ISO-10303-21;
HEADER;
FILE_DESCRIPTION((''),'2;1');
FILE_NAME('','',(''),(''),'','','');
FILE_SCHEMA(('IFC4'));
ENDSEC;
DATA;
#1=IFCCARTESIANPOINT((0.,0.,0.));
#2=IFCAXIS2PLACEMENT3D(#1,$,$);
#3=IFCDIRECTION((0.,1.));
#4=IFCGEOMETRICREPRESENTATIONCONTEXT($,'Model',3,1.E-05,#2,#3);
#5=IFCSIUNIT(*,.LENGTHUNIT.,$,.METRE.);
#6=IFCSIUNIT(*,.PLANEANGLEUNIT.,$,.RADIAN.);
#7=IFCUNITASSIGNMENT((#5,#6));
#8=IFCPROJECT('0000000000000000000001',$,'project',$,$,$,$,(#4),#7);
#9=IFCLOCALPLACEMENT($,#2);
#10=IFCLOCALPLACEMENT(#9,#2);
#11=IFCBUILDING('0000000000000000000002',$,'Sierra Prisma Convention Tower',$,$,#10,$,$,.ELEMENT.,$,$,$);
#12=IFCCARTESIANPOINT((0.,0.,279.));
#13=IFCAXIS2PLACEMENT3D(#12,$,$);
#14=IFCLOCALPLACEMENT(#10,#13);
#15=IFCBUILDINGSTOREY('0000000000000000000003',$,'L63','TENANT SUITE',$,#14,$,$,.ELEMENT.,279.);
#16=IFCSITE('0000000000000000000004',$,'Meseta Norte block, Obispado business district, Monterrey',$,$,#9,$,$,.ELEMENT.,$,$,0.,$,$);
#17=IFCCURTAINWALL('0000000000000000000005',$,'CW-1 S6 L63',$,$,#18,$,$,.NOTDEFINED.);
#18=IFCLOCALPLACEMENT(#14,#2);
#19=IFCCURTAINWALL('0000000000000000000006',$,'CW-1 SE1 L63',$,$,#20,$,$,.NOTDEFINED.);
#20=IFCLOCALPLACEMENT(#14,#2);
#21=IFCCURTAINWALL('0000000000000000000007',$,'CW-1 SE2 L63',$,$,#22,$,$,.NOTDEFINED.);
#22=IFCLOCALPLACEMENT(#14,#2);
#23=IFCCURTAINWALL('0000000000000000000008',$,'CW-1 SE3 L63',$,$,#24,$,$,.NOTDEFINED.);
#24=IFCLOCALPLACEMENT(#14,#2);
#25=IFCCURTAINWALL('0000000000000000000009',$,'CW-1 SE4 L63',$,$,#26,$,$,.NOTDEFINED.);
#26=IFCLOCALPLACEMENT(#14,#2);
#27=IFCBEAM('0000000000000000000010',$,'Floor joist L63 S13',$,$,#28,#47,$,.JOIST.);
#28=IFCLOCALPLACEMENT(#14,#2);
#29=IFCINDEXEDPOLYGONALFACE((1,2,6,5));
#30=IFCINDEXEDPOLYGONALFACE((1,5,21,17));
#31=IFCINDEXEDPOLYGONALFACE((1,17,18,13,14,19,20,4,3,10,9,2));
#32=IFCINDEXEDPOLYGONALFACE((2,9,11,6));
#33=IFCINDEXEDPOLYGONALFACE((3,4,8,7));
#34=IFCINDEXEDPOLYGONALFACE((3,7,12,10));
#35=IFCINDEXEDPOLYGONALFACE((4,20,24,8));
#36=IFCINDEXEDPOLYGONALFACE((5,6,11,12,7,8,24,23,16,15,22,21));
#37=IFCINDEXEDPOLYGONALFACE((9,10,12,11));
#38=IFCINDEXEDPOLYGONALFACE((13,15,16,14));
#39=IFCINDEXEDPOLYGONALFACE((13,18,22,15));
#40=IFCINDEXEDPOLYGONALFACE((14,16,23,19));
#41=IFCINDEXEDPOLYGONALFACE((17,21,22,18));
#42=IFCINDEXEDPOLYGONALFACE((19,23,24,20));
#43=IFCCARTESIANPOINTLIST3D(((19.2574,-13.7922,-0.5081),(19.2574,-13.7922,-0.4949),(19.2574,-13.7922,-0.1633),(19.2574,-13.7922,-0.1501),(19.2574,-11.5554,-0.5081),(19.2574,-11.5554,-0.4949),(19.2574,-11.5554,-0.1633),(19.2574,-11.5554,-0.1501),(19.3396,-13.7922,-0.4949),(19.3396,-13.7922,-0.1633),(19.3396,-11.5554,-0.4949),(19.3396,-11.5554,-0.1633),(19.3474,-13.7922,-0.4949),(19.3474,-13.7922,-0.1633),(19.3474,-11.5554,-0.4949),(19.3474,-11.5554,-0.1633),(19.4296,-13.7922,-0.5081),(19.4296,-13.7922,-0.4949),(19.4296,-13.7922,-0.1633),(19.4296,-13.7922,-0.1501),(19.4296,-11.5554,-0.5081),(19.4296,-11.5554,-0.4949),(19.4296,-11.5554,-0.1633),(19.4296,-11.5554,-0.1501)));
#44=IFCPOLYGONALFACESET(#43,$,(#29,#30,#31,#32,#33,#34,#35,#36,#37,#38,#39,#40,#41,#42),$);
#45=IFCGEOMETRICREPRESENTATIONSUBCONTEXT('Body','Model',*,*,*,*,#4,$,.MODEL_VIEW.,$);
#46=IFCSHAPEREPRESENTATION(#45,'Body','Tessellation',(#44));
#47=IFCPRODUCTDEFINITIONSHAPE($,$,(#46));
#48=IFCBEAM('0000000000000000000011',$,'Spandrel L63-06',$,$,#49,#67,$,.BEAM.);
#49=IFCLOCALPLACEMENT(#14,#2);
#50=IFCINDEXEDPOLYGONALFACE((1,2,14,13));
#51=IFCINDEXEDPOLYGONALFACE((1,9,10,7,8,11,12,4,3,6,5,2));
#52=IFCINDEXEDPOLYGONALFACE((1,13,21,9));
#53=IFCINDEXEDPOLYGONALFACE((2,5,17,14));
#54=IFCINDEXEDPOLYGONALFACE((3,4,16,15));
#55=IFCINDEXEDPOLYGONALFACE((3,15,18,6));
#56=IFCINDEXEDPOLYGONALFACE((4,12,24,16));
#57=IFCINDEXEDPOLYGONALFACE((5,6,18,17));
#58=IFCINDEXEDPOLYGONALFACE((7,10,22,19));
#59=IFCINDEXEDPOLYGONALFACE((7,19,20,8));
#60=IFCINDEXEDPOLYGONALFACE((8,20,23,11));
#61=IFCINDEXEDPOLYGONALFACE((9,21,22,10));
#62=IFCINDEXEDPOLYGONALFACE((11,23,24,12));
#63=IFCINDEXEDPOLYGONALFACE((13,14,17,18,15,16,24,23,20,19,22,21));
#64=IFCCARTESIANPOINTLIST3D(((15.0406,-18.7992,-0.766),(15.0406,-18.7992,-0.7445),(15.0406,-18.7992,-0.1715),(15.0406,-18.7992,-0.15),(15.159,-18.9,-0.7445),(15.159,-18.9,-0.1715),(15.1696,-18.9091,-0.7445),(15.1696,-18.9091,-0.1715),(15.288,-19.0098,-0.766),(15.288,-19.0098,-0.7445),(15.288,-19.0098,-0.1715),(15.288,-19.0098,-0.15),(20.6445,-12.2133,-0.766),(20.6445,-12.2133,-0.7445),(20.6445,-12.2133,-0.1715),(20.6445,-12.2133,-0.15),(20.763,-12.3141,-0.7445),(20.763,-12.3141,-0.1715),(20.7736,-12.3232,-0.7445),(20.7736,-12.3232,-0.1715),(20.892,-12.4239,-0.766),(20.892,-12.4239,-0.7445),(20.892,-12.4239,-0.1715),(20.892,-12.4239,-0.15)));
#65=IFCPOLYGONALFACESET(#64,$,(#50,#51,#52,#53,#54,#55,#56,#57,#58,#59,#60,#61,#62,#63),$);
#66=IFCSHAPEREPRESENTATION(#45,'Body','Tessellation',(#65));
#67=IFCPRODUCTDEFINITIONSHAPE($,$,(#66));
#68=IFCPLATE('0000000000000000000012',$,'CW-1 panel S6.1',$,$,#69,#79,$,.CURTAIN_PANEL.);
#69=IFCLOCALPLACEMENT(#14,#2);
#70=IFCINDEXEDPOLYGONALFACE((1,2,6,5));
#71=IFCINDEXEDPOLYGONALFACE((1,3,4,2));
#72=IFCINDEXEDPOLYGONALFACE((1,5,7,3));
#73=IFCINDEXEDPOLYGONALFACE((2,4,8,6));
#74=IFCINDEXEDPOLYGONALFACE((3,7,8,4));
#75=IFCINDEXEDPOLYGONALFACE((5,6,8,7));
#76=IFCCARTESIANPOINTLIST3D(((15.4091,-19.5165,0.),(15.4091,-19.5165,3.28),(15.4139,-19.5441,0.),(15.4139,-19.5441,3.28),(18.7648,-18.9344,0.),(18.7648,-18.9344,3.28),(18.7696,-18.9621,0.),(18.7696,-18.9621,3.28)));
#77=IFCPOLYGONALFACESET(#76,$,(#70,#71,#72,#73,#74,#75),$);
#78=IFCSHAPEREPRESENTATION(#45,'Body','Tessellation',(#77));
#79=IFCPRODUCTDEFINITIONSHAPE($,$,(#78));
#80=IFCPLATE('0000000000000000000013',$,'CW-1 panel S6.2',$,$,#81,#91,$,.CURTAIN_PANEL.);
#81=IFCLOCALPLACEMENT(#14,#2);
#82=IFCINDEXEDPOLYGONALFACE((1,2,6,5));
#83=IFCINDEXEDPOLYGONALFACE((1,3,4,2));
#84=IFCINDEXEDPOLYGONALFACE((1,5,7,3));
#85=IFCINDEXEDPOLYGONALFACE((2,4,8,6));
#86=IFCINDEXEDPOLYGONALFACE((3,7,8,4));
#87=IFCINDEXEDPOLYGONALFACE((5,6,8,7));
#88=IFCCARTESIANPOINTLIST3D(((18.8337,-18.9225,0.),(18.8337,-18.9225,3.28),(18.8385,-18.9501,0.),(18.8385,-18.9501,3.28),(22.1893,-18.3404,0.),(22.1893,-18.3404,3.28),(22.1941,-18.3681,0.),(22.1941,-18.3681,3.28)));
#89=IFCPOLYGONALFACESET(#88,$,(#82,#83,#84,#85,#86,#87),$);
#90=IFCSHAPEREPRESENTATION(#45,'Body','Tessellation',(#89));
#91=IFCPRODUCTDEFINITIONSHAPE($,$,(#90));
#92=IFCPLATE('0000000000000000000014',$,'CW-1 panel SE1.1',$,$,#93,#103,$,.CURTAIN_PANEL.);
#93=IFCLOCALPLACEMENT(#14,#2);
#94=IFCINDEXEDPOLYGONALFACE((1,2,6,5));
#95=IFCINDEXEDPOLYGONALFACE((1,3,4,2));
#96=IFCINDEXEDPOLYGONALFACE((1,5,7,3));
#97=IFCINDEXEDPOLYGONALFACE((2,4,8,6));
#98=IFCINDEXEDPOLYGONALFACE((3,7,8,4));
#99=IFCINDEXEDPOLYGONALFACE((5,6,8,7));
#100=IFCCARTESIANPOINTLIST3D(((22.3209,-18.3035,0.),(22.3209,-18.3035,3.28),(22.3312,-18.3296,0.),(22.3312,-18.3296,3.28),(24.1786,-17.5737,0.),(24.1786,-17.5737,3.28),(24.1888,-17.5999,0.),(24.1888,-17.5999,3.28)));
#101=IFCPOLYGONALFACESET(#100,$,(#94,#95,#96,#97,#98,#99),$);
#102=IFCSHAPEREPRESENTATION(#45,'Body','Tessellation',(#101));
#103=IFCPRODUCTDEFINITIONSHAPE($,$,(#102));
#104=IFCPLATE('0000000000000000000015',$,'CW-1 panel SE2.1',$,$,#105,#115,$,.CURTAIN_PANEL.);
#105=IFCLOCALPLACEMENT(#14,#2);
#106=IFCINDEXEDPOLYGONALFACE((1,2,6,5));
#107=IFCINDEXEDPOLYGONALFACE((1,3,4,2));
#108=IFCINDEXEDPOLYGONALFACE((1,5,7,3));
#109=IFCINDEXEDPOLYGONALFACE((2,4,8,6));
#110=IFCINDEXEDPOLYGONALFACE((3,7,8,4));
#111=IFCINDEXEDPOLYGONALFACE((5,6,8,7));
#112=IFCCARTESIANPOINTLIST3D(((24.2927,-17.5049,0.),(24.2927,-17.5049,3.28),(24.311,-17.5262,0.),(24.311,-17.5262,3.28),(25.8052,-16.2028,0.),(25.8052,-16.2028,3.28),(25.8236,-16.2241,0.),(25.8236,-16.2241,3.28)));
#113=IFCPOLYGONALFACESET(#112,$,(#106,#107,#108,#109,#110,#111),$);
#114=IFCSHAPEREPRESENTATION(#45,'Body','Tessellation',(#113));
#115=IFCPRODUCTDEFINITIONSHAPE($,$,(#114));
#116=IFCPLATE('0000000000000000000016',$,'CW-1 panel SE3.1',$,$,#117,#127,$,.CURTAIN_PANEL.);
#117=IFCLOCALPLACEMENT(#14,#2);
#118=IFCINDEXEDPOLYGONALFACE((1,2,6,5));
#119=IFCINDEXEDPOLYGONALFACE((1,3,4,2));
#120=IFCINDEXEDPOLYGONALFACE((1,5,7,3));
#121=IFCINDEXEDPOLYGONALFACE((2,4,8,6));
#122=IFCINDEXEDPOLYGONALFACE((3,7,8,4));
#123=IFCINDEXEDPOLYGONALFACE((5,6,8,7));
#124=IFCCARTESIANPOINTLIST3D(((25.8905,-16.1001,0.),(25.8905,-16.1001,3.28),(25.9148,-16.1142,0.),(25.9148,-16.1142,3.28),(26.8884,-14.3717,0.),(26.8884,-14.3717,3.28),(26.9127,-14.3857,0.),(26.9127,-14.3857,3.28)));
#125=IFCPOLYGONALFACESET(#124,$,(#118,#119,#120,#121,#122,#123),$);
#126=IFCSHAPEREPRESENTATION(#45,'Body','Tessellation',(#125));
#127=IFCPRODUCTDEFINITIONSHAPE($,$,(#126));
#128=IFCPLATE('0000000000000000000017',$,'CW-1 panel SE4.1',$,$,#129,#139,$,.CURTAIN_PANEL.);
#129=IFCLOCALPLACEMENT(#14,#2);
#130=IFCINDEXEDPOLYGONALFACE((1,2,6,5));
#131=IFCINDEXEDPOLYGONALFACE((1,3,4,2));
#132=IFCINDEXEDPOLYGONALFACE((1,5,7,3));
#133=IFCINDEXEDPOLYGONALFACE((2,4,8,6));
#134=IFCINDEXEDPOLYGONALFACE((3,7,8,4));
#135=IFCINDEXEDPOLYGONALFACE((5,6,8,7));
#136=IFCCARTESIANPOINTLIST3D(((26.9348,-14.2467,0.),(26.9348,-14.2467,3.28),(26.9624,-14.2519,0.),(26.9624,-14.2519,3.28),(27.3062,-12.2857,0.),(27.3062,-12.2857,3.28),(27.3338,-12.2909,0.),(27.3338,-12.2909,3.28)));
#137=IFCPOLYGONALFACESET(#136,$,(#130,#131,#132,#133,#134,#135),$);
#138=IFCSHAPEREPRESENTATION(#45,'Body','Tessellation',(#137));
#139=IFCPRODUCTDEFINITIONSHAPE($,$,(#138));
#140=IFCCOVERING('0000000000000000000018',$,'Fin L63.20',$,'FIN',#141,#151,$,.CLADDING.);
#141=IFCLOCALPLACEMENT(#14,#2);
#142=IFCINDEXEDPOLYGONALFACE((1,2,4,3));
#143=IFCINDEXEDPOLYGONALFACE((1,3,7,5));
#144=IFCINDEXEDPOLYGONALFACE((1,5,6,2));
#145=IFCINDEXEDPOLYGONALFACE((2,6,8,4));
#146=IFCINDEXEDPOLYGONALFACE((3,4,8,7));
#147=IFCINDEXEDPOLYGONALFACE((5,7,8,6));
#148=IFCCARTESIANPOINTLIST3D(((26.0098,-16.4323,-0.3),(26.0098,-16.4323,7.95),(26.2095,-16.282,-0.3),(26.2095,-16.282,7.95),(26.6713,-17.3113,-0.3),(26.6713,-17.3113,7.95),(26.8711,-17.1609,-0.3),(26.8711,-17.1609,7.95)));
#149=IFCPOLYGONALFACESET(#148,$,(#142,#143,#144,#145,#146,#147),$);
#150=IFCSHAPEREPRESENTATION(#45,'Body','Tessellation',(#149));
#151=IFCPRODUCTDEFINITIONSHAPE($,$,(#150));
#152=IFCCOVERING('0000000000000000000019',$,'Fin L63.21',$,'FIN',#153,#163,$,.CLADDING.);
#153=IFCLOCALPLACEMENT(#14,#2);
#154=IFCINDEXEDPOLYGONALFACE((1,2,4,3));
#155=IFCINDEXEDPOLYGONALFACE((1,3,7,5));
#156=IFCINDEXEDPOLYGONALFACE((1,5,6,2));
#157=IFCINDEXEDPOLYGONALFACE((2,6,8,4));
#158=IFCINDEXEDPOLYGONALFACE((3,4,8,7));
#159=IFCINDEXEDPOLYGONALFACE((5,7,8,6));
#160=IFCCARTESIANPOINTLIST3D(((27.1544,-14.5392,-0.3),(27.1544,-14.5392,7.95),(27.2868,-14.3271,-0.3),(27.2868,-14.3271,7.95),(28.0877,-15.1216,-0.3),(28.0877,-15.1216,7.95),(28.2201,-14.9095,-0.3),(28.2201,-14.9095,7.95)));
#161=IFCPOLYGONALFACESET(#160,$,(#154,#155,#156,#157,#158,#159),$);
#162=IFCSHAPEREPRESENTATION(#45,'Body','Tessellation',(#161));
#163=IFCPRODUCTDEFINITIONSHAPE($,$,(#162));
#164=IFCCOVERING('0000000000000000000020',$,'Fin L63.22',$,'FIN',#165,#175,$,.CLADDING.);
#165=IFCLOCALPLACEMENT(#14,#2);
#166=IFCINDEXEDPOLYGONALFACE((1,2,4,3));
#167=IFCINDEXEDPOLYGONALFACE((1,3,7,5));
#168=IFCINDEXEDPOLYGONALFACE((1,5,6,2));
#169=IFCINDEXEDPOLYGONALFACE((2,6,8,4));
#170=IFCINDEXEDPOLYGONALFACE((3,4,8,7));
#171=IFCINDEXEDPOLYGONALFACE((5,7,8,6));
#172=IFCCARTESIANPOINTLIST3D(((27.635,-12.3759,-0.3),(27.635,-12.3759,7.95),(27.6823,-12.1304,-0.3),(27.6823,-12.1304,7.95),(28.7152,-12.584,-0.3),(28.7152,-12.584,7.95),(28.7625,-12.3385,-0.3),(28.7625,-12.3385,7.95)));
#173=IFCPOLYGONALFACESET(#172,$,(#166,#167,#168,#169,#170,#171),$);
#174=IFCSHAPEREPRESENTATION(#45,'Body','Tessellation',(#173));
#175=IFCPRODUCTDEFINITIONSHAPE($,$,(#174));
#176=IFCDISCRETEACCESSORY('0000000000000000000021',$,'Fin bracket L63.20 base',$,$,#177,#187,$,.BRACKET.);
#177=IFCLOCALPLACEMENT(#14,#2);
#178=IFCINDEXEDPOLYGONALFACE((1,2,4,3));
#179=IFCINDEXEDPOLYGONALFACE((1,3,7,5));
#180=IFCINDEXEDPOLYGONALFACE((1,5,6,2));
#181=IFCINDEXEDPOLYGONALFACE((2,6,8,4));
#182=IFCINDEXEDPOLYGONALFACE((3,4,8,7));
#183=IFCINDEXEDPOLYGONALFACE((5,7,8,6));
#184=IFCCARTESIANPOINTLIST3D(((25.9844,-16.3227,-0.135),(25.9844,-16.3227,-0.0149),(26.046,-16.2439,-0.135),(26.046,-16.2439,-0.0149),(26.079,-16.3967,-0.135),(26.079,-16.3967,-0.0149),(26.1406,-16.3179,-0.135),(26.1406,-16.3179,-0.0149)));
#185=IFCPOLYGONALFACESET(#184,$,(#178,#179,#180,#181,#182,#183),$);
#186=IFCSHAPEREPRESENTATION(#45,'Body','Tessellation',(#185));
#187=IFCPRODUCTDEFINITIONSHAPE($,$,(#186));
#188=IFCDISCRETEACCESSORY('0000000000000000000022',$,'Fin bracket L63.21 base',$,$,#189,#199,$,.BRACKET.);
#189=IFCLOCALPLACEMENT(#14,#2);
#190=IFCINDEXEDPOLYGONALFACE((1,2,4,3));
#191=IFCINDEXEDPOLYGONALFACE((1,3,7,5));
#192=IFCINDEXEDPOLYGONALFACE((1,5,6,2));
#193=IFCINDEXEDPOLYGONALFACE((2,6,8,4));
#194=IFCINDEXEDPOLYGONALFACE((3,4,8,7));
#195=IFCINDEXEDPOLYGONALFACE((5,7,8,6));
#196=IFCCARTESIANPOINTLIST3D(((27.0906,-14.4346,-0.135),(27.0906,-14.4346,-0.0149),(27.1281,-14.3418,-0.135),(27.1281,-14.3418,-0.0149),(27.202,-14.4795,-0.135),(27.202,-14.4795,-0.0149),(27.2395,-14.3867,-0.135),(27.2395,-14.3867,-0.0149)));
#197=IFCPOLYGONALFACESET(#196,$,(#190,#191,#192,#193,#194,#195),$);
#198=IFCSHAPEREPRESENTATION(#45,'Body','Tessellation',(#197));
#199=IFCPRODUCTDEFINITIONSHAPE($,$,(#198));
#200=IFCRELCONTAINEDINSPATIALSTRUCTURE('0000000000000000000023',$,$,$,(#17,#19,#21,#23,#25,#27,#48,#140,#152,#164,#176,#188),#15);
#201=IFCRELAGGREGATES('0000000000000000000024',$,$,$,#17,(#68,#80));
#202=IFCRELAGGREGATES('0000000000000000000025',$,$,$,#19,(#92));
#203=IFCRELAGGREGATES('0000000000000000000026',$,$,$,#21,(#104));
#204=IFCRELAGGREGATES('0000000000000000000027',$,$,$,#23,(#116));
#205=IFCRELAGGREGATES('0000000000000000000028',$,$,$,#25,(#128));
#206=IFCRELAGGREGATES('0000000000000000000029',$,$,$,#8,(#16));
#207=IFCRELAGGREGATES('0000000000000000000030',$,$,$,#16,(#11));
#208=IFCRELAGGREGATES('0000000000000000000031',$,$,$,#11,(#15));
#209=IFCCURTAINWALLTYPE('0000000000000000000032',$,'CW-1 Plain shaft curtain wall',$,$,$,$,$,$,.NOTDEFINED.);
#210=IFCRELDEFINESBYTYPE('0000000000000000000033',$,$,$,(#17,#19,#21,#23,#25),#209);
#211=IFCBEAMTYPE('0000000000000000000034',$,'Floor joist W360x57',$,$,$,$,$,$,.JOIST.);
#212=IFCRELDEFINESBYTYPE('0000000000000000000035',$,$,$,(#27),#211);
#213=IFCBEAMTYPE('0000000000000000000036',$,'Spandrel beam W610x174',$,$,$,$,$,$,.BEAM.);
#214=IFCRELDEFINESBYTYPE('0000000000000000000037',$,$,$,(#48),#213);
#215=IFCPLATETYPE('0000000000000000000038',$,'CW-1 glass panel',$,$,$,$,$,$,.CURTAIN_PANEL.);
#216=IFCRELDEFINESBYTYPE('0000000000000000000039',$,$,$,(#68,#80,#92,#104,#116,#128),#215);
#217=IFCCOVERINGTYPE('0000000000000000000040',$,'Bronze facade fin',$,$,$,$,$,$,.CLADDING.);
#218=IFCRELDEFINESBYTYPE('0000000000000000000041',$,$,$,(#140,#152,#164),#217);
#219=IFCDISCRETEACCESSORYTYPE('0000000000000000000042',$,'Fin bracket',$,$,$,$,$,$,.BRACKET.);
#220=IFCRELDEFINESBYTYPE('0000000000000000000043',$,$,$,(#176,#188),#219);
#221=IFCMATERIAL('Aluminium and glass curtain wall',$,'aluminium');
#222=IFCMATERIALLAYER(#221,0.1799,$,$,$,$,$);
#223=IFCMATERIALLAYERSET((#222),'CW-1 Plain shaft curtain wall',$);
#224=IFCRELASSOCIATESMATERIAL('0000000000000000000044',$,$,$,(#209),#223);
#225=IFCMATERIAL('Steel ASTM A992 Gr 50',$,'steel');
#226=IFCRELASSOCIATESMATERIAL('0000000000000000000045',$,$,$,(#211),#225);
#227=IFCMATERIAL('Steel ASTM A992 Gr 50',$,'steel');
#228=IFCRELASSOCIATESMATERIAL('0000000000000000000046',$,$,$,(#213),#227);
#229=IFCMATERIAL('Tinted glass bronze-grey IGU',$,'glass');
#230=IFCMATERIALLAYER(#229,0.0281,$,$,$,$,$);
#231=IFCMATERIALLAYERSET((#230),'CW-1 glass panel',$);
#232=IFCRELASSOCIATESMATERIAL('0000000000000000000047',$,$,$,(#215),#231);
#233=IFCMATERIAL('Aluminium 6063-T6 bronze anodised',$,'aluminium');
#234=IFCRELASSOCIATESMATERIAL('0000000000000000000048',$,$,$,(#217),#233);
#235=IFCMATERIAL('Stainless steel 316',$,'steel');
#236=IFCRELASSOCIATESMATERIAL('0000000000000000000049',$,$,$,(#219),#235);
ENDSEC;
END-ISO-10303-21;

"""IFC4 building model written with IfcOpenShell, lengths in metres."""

from ifc_helpers import new_model, si_unit, direction, frame, origin, origin_2d, place, context, subcontext, project, spatial, rectangle, i_section, extrude, material, layer, layer_set, material_profile, profile_set, type_object, element, aggregate, save


model = new_model("IFC4")

# Units and contexts
model_context = context("Model", 3, precision=1e-05, world=origin(), true_north=direction((0.0, 1.0)))
body_context = subcontext(model_context, "Body", "Model", "MODEL_VIEW")
ifc_project = project(units=[si_unit("LENGTHUNIT", "METRE"), si_unit("PLANEANGLEUNIT", "RADIAN")], contexts=[model_context])

# Site, building, storey
site_placement = place(None, origin())
site = spatial("IfcSite", under=ifc_project, at=site_placement, Name="Meseta Norte block, Obispado business district, Monterrey", CompositionType="ELEMENT", RefElevation=0.0)
building_placement = place(site_placement, origin())
building = spatial("IfcBuilding", under=site, at=building_placement, Name="Sierra Prisma Convention Tower", CompositionType="ELEMENT")
storey_placement = place(building_placement, frame((0.0, 0.0, 279.0)))
storey = spatial("IfcBuildingStorey", under=building, at=storey_placement, Name="L63", Description="TENANT SUITE", CompositionType="ELEMENT", Elevation=279.0)

# Curtain walls
ifc_material_1 = material(Name="Aluminium and glass curtain wall", Category="aluminium")
ifc_layer_1 = layer(ifc_material_1, 0.1799)
ifc_layer_set_1 = layer_set([ifc_layer_1], Name="CW-1 Plain shaft curtain wall")
curtain_wall_type = type_object("IfcCurtainWallType", Name="CW-1 Plain shaft curtain wall", PredefinedType="NOTDEFINED", material=ifc_layer_set_1)
curtain_wall_1_placement = place(storey_placement, origin())
curtain_wall_1 = element("IfcCurtainWall", 1, at=curtain_wall_1_placement, inside=storey, type_object=curtain_wall_type, Name="CW-1 S6 L63", PredefinedType="NOTDEFINED")
curtain_wall_2_placement = place(storey_placement, origin())
curtain_wall_2 = element("IfcCurtainWall", 2, at=curtain_wall_2_placement, inside=storey, type_object=curtain_wall_type, Name="CW-1 SE1 L63", PredefinedType="NOTDEFINED")
curtain_wall_3_placement = place(storey_placement, origin())
curtain_wall_3 = element("IfcCurtainWall", 3, at=curtain_wall_3_placement, inside=storey, type_object=curtain_wall_type, Name="CW-1 SE2 L63", PredefinedType="NOTDEFINED")
curtain_wall_4_placement = place(storey_placement, origin())
curtain_wall_4 = element("IfcCurtainWall", 4, at=curtain_wall_4_placement, inside=storey, type_object=curtain_wall_type, Name="CW-1 SE3 L63", PredefinedType="NOTDEFINED")
curtain_wall_5_placement = place(storey_placement, origin())
curtain_wall_5 = element("IfcCurtainWall", 5, at=curtain_wall_5_placement, inside=storey, type_object=curtain_wall_type, Name="CW-1 SE4 L63", PredefinedType="NOTDEFINED")

# Beams
ifc_material_2 = material(Name="Steel ASTM A992 Gr 50", Category="steel")
ifc_material_profile_1 = material_profile(ifc_material_2, i_section(OverallWidth=0.1721, OverallDepth=0.3579, WebThickness=0.0078, FlangeThickness=0.0132, at=origin_2d()), Name="W360x57")
ifc_profile_set_1 = profile_set([ifc_material_profile_1], Name="Steel ASTM A992 Gr 50")
beam_type_1 = type_object("IfcBeamType", Name="Floor joist W360x57", PredefinedType="JOIST", material=ifc_profile_set_1)
beam_1_placement = place(storey_placement, frame((19.3435, -13.7922, -0.3291), z_axis=(0.0, 1.0, 0.0), x_axis=(-1.0, 0.0, 0.0)))
element("IfcBeam", 6, at=beam_1_placement, inside=storey, type_object=beam_type_1, Name="Floor joist L63 S13", PredefinedType="JOIST", context=body_context, shape_type="SweptSolid", body=[
    extrude(i_section(OverallWidth=0.1721, OverallDepth=0.3579, WebThickness=0.0078, FlangeThickness=0.0132, at=origin_2d()), origin(), (0.0, 0.0, 1.0), 2.2368),
])
ifc_material_3 = material(Name="Steel ASTM A992 Gr 50", Category="steel")
ifc_material_profile_2 = material_profile(ifc_material_3, i_section(OverallWidth=0.325, OverallDepth=0.616, WebThickness=0.0139, FlangeThickness=0.0215, at=origin_2d()), Name="W610x174")
ifc_profile_set_2 = profile_set([ifc_material_profile_2], Name="Steel ASTM A992 Gr 50")
beam_type_2 = type_object("IfcBeamType", Name="Spandrel beam W610x174", PredefinedType="BEAM", material=ifc_profile_set_2)
beam_2_placement = place(storey_placement, frame((15.1643, -18.9045, -0.458), z_axis=(0.648048, 0.761599, 0.0), x_axis=(-0.761599, 0.648048, 0.0)))
element("IfcBeam", 7, at=beam_2_placement, inside=storey, type_object=beam_type_2, Name="Spandrel L63-06", PredefinedType="BEAM", context=body_context, shape_type="SweptSolid", body=[
    extrude(i_section(OverallWidth=0.325, OverallDepth=0.616, WebThickness=0.0139, FlangeThickness=0.0215, at=origin_2d()), origin(), (0.0, 0.0, 1.0), 8.6475),
])

# Plates
ifc_material_4 = material(Name="Tinted glass bronze-grey IGU", Category="glass")
ifc_layer_2 = layer(ifc_material_4, 0.0281)
ifc_layer_set_2 = layer_set([ifc_layer_2], Name="CW-1 glass panel")
plate_type = type_object("IfcPlateType", Name="CW-1 glass panel", PredefinedType="CURTAIN_PANEL", material=ifc_layer_set_2)
plate_1_placement = place(storey_placement, frame((17.0894, -19.2393, 0.0), z_axis=(0.0, 0.0, 1.0), x_axis=(0.985288, 0.170902, 0.0)))
plate_1 = element("IfcPlate", 8, at=plate_1_placement, type_object=plate_type, Name="CW-1 panel S6.1", PredefinedType="CURTAIN_PANEL", context=body_context, shape_type="SweptSolid", body=[
    extrude(rectangle(XDim=3.4058, YDim=0.0281, at=origin_2d()), origin(), (0.0, 0.0, 1.0), 3.28),
])
plate_2_placement = place(storey_placement, frame((20.5139, -18.6453, 0.0), z_axis=(0.0, 0.0, 1.0), x_axis=(0.985288, 0.170902, 0.0)))
plate_2 = element("IfcPlate", 9, at=plate_2_placement, type_object=plate_type, Name="CW-1 panel S6.2", PredefinedType="CURTAIN_PANEL", context=body_context, shape_type="SweptSolid", body=[
    extrude(rectangle(XDim=3.4058, YDim=0.0281, at=origin_2d()), origin(), (0.0, 0.0, 1.0), 3.28),
])
aggregate(curtain_wall_1, [plate_1, plate_2])
plate_3_placement = place(storey_placement, frame((23.2549, -17.9517, 0.0), z_axis=(0.0, 0.0, 1.0), x_axis=(0.930759, 0.365634, 0.0)))
plate_3 = element("IfcPlate", 10, at=plate_3_placement, type_object=plate_type, Name="CW-1 panel SE1.1", PredefinedType="CURTAIN_PANEL", context=body_context, shape_type="SweptSolid", body=[
    extrude(rectangle(XDim=1.9958, YDim=0.0281, at=origin_2d()), origin(), (0.0, 0.0, 1.0), 3.28),
])
aggregate(curtain_wall_2, [plate_3])
plate_4_placement = place(storey_placement, frame((25.0581, -16.8645, 0.0), z_axis=(0.0, 0.0, 1.0), x_axis=(0.757869, 0.652407, 0.0)))
plate_4 = element("IfcPlate", 11, at=plate_4_placement, type_object=plate_type, Name="CW-1 panel SE2.1", PredefinedType="CURTAIN_PANEL", context=body_context, shape_type="SweptSolid", body=[
    extrude(rectangle(XDim=1.9958, YDim=0.0281, at=origin_2d()), origin(), (0.0, 0.0, 1.0), 3.28),
])
aggregate(curtain_wall_3, [plate_4])
plate_5_placement = place(storey_placement, frame((26.4016, -15.2429, 0.0), z_axis=(0.0, 0.0, 1.0), x_axis=(0.5, 0.866025, 0.0)))
plate_5 = element("IfcPlate", 12, at=plate_5_placement, type_object=plate_type, Name="CW-1 panel SE3.1", PredefinedType="CURTAIN_PANEL", context=body_context, shape_type="SweptSolid", body=[
    extrude(rectangle(XDim=1.9958, YDim=0.0281, at=origin_2d()), origin(), (0.0, 0.0, 1.0), 3.28),
])
aggregate(curtain_wall_4, [plate_5])
plate_6_placement = place(storey_placement, frame((27.1343, -13.2688, 0.0), z_axis=(0.0, 0.0, 1.0), x_axis=(0.186066, 0.982537, 0.0)))
plate_6 = element("IfcPlate", 13, at=plate_6_placement, type_object=plate_type, Name="CW-1 panel SE4.1", PredefinedType="CURTAIN_PANEL", context=body_context, shape_type="SweptSolid", body=[
    extrude(rectangle(XDim=1.9958, YDim=0.0281, at=origin_2d()), origin(), (0.0, 0.0, 1.0), 3.28),
])
aggregate(curtain_wall_5, [plate_6])

# Coverings
ifc_material_5 = material(Name="Aluminium 6063-T6 bronze anodised", Category="aluminium")
ifc_material_profile_3 = material_profile(ifc_material_5, rectangle(XDim=1.1001, YDim=0.25, at=origin_2d()), Name="ALU FIN 1100x250")
ifc_profile_set_3 = profile_set([ifc_material_profile_3], Name="Aluminium 6063-T6 bronze anodised")
covering_type = type_object("IfcCoveringType", Name="Bronze facade fin", PredefinedType="CLADDING", material=ifc_profile_set_3)
for number, where, z_axis, x_axis, name in (
    (14, (26.4404, -16.7966, -0.3), (0.0, 0.0, 1.0), (0.60137, -0.798971, 0.0), "Fin L63.20"),
    (15, (27.6873, -14.7244, -0.3), (0.0, 0.0, 1.0), (0.848343, -0.529446, 0.0), "Fin L63.21"),
    (16, (28.1987, -12.3572, -0.3), (0.0, 0.0, 1.0), (0.981945, -0.189166, 0.0), "Fin L63.22"),
):
    element("IfcCovering", number, at=place(storey_placement, frame(where, z_axis=z_axis, x_axis=x_axis)), inside=storey, type_object=covering_type, Name=name, ObjectType="FIN", PredefinedType="CLADDING", context=body_context, shape_type="SweptSolid", body=[
        extrude(rectangle(XDim=1.1001, YDim=0.25, at=origin_2d()), origin(), (0.0, 0.0, 1.0), 8.25),
    ])

# Discrete accessories
ifc_material_6 = material(Name="Stainless steel 316", Category="steel")
discrete_accessory_type = type_object("IfcDiscreteAccessoryType", Name="Fin bracket", PredefinedType="BRACKET", material=ifc_material_6)
for number, where, z_axis, x_axis, name in (
    (17, (26.0625, -16.3203, -0.135), (0.0, 0.0, 1.0), (0.787667, -0.616101, 0.0), "Fin bracket L63.20 base"),
    (18, (27.165, -14.4106, -0.135), (0.0, 0.0, 1.0), (0.927393, -0.374089, 0.0), "Fin bracket L63.21 base"),
):
    element("IfcDiscreteAccessory", number, at=place(storey_placement, frame(where, z_axis=z_axis, x_axis=x_axis)), inside=storey, type_object=discrete_accessory_type, Name=name, PredefinedType="BRACKET", context=body_context, shape_type="SweptSolid", body=[
        extrude(rectangle(XDim=0.1201, YDim=0.1001, at=origin_2d()), origin(), (0.0, 0.0, 1.0), 0.1201),
    ])

save(model, "model.ifc")
